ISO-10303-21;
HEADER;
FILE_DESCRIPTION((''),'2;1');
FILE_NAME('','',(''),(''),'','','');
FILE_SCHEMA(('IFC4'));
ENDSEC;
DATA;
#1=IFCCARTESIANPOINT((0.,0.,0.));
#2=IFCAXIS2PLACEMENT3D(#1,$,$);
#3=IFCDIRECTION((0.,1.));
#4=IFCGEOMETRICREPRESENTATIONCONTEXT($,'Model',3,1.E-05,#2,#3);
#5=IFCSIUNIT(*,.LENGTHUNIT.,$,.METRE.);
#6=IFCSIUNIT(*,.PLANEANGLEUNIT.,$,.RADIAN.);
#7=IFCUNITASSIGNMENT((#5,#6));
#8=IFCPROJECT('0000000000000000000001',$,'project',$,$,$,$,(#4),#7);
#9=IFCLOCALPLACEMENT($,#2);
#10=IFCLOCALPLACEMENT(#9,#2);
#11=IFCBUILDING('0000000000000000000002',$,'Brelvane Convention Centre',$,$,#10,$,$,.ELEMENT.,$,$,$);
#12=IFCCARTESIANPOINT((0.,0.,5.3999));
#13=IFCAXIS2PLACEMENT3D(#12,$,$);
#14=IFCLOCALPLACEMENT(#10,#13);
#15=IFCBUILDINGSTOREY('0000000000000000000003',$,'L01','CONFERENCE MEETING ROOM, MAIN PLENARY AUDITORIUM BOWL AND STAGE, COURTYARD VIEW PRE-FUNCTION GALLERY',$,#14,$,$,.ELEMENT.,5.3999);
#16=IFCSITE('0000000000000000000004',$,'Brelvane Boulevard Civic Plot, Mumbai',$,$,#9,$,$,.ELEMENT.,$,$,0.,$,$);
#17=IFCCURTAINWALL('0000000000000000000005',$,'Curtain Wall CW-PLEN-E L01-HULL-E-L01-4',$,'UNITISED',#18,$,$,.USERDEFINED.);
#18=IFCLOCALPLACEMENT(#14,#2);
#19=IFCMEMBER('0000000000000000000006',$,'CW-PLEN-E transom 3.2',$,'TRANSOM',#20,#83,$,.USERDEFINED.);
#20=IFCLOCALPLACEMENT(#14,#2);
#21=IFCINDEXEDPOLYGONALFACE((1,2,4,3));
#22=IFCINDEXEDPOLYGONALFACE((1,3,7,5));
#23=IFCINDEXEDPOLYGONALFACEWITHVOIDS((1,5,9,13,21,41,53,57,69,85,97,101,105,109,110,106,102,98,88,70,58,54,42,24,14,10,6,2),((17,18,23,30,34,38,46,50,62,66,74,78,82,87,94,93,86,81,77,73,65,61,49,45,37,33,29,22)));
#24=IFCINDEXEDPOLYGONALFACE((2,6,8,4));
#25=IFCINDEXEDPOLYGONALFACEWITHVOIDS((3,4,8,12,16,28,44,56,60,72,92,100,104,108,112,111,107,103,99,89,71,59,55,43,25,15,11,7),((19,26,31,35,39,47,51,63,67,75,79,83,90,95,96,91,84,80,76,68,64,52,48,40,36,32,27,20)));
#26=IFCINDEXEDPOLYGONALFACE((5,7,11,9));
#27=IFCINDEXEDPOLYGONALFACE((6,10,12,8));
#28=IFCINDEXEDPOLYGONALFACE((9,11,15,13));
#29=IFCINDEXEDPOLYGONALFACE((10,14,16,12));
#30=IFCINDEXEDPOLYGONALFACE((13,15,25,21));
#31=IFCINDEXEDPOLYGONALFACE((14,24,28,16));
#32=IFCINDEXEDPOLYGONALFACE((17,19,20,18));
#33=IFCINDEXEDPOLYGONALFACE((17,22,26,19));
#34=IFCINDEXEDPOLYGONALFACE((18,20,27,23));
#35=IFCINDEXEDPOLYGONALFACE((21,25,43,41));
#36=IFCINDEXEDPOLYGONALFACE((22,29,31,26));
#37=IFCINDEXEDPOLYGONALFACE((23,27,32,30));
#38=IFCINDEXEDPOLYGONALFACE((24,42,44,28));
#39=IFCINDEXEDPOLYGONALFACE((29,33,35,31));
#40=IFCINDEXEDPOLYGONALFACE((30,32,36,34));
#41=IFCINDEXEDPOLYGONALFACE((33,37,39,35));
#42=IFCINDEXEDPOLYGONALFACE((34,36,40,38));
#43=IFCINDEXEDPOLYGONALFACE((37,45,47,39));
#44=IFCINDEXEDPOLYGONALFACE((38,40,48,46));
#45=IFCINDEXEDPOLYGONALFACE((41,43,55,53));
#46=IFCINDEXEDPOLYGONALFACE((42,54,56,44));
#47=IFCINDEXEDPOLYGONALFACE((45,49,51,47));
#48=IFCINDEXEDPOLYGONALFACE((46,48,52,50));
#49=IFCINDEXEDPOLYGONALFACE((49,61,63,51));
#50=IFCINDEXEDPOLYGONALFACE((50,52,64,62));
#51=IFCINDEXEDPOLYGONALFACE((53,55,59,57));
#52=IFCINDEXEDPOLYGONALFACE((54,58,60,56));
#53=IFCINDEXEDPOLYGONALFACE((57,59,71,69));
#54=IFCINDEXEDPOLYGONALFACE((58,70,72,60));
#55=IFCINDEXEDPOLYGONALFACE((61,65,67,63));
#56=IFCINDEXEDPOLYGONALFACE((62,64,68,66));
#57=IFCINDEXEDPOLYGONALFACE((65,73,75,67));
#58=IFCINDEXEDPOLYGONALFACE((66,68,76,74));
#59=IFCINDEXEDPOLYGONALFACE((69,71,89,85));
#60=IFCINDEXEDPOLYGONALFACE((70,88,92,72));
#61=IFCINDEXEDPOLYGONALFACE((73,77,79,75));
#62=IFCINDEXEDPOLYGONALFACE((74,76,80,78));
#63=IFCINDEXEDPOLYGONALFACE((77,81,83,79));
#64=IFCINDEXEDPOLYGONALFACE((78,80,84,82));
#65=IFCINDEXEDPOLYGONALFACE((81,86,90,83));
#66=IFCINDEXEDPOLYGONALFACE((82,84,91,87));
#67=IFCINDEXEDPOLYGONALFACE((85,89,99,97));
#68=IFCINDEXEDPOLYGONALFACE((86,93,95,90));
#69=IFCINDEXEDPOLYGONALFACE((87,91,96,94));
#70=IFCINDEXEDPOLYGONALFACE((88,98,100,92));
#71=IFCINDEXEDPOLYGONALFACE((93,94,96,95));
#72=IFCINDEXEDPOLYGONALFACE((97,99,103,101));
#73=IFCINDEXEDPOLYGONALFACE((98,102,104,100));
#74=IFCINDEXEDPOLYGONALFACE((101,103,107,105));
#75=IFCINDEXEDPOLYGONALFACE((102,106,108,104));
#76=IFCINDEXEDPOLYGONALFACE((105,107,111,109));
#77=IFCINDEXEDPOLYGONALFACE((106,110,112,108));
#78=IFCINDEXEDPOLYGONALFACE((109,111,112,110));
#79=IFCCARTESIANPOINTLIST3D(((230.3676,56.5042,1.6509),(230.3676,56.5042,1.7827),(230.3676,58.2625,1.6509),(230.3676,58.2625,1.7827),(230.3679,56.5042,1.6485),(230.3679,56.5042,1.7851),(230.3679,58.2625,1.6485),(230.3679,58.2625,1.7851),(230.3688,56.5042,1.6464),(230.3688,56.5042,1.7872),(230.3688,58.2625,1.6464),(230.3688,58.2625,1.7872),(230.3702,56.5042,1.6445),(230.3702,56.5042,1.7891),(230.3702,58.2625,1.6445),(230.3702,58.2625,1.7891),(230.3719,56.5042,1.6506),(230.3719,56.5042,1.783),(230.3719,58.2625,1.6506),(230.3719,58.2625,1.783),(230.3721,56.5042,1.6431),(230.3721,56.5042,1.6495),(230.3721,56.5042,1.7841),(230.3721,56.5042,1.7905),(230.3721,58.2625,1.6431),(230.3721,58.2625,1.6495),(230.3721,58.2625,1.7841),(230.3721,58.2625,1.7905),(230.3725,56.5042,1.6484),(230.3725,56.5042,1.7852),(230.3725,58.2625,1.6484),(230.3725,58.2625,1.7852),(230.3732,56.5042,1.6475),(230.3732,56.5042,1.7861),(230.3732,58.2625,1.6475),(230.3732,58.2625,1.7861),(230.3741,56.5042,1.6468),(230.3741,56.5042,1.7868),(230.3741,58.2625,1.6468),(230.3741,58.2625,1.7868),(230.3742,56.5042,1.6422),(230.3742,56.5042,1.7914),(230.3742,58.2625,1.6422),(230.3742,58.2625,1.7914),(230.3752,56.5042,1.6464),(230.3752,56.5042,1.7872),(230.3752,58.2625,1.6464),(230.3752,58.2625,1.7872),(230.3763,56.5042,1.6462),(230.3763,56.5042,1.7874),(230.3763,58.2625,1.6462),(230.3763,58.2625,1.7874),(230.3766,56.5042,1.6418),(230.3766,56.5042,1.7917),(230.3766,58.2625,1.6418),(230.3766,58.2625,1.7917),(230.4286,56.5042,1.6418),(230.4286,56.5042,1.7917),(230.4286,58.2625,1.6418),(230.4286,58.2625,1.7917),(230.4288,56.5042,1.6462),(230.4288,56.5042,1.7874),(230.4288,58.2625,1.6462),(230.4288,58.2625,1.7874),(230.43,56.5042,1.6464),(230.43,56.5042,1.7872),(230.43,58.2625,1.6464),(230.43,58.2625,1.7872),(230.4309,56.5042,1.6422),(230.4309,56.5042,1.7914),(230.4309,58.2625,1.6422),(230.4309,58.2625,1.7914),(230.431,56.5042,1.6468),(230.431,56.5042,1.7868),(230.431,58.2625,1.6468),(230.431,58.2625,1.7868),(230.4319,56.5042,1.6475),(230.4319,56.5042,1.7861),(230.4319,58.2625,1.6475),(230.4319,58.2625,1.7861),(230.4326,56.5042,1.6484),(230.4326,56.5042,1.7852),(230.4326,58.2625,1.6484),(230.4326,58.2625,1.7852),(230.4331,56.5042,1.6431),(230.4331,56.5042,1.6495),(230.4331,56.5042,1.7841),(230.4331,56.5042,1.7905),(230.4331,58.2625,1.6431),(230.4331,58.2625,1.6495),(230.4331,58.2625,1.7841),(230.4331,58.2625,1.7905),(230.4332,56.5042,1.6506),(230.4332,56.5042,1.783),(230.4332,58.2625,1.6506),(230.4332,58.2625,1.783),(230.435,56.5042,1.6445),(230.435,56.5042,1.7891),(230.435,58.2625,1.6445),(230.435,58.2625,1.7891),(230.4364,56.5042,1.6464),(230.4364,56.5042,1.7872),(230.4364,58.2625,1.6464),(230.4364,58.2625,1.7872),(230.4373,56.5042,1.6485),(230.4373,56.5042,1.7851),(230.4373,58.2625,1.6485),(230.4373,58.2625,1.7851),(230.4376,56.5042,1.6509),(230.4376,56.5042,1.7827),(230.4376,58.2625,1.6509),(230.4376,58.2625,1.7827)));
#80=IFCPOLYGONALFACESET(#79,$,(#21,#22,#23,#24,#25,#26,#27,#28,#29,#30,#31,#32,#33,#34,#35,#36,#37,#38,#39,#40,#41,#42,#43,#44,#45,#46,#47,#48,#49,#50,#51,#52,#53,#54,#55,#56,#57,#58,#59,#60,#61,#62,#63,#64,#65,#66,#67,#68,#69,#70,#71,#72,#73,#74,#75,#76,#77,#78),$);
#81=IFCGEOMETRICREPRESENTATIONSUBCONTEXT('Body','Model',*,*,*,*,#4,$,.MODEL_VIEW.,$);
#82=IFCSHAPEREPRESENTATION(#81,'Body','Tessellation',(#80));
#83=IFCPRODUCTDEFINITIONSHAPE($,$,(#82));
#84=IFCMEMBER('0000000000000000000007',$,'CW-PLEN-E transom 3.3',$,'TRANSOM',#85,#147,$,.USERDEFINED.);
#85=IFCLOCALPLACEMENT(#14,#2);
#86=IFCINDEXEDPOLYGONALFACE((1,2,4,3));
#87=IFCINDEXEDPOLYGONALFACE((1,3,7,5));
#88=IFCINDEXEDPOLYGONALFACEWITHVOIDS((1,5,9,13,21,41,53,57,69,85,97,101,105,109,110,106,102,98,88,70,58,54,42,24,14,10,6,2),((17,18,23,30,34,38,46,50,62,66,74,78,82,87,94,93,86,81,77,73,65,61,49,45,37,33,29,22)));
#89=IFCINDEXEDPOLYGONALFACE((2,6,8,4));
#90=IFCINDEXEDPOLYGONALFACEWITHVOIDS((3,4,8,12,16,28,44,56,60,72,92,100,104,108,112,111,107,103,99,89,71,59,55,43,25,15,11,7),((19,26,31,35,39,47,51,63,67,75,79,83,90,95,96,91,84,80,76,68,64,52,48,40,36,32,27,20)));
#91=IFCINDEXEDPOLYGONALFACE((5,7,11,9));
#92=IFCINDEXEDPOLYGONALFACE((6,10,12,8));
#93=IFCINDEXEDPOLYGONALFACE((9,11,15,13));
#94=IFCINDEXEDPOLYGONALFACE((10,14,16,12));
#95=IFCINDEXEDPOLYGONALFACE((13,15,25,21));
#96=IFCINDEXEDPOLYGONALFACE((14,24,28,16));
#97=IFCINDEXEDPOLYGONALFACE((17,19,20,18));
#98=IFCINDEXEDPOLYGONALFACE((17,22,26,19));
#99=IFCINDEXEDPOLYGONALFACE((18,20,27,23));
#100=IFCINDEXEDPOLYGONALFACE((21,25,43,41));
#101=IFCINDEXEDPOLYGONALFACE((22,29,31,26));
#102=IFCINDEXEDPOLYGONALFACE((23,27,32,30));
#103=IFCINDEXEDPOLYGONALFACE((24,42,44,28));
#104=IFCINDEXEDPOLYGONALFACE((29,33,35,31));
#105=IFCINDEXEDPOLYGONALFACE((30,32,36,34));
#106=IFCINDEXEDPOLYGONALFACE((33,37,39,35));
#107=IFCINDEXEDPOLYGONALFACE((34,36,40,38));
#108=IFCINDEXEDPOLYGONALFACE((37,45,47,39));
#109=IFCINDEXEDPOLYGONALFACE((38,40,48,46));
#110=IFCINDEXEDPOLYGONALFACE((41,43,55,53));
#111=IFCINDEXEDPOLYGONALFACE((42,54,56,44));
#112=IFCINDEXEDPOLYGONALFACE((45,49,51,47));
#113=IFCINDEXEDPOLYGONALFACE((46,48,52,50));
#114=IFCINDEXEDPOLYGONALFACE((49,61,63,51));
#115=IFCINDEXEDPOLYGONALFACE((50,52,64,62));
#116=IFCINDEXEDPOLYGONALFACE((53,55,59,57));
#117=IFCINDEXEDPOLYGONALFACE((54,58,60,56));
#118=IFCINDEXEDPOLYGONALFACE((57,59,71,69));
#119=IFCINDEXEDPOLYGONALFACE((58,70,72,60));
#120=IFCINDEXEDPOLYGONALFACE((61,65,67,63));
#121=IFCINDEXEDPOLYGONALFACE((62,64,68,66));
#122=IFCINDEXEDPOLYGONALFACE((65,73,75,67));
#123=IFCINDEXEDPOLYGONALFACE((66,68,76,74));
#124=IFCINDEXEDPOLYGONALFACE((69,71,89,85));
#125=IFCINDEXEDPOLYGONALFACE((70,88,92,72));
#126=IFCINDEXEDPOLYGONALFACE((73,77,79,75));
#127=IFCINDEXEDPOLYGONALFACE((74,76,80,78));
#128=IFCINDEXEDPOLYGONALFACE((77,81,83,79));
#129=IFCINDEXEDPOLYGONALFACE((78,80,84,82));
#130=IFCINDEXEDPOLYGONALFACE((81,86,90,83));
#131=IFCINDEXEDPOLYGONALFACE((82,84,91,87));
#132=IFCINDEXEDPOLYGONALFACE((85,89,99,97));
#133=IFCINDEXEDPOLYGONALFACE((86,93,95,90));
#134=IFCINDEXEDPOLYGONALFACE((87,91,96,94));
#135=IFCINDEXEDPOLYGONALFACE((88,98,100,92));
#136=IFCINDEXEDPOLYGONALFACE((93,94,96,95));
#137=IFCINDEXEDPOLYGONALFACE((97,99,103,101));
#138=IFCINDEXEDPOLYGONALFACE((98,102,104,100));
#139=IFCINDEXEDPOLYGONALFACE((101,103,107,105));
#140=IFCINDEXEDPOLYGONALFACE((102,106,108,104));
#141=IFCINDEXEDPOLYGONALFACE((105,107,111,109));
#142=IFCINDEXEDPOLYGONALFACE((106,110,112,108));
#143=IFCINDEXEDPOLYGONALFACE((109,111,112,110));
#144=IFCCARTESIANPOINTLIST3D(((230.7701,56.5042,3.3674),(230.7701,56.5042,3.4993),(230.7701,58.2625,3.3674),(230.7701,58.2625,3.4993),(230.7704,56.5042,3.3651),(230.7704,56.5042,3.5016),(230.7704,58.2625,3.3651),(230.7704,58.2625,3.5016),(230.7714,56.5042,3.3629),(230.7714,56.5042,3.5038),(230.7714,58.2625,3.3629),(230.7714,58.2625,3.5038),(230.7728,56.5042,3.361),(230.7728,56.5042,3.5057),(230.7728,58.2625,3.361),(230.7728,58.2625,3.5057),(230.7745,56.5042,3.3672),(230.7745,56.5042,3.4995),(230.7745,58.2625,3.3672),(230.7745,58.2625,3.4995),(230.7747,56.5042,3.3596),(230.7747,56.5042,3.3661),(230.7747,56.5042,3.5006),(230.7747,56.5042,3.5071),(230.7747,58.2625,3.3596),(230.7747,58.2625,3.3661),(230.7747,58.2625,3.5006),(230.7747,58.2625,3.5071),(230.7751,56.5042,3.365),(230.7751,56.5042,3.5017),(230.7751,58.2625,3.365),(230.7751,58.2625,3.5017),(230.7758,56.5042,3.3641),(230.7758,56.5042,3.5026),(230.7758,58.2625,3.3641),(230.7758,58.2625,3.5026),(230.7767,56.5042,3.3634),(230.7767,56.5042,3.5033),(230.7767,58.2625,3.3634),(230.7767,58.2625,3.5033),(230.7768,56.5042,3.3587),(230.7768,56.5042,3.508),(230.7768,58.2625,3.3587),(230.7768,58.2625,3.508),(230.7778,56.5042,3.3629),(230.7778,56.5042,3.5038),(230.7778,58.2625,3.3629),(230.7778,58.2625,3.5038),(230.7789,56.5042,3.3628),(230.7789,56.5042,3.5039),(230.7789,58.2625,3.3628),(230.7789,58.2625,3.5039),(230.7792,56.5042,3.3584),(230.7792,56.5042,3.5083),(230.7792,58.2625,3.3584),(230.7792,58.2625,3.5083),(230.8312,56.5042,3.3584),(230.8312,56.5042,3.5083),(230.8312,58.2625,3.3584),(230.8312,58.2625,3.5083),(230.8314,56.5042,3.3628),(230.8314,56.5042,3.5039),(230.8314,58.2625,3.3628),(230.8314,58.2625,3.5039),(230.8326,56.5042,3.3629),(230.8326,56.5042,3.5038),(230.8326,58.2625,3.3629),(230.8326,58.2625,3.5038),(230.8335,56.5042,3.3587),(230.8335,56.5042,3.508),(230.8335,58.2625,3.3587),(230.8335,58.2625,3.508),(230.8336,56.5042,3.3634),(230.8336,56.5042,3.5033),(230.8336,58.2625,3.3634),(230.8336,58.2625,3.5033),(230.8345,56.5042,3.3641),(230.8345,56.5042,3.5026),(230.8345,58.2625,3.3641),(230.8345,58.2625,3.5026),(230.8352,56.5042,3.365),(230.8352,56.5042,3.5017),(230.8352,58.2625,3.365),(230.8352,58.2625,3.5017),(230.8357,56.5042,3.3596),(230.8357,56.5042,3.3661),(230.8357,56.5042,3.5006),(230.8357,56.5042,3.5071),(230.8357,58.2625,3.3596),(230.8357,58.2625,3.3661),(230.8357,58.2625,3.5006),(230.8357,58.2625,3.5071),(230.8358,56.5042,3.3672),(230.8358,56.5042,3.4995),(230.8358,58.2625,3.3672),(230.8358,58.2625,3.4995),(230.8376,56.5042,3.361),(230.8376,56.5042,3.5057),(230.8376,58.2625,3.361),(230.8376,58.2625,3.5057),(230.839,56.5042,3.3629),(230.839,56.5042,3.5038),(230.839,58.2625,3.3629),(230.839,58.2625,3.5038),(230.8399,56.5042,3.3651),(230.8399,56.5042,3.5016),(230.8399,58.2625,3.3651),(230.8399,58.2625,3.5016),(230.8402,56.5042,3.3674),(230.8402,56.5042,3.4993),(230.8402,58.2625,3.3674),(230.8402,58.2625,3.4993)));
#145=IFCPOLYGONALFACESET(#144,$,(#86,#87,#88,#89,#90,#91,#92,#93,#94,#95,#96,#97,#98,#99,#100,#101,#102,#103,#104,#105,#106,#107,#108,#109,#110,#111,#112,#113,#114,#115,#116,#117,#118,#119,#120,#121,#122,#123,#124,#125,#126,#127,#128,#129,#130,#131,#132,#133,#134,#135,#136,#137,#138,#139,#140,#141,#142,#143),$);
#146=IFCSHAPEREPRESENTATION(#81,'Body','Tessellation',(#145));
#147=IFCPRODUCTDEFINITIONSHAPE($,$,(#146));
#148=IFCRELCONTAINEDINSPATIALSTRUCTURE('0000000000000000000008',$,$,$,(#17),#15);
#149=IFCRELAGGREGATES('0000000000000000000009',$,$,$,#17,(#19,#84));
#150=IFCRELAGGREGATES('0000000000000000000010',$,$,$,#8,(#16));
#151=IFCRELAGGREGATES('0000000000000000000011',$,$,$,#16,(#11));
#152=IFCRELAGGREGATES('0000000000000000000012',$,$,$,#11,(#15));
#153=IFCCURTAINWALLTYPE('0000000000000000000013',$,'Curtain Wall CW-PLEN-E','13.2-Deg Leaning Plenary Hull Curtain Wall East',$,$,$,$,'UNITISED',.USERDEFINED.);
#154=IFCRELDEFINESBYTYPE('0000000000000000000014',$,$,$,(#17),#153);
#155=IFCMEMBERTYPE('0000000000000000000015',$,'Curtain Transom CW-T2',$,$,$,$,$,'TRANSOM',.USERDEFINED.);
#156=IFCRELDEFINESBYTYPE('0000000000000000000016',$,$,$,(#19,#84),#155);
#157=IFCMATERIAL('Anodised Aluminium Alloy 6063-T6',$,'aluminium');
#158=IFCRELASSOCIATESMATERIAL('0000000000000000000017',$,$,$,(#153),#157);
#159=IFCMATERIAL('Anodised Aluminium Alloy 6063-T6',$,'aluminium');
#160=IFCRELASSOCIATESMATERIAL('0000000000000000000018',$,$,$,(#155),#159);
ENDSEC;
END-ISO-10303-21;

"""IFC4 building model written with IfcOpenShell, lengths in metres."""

from ifc_helpers import new_model, si_unit, direction, frame, origin, origin_2d, place, context, subcontext, project, spatial, hollow_rectangle, extrude, material, material_profile, profile_set, type_object, element, aggregate, save


model = new_model("IFC4")

# Units and contexts
model_context = context("Model", 3, precision=1e-05, world=origin(), true_north=direction((0.0, 1.0)))
body_context = subcontext(model_context, "Body", "Model", "MODEL_VIEW")
ifc_project = project(units=[si_unit("LENGTHUNIT", "METRE"), si_unit("PLANEANGLEUNIT", "RADIAN")], contexts=[model_context])

# Site, building, storey
site_placement = place(None, origin())
site = spatial("IfcSite", under=ifc_project, at=site_placement, Name="Brelvane Boulevard Civic Plot, Mumbai", CompositionType="ELEMENT", RefElevation=0.0)
building_placement = place(site_placement, origin())
building = spatial("IfcBuilding", under=site, at=building_placement, Name="Brelvane Convention Centre", CompositionType="ELEMENT")
storey_placement = place(building_placement, frame((0.0, 0.0, 5.3999)))
storey = spatial("IfcBuildingStorey", under=building, at=storey_placement, Name="L01", Description="CONFERENCE MEETING ROOM, MAIN PLENARY AUDITORIUM BOWL AND STAGE, COURTYARD VIEW PRE-FUNCTION GALLERY", CompositionType="ELEMENT", Elevation=5.3999)

# Curtain wall, members
ifc_material_1 = material(Name="Anodised Aluminium Alloy 6063-T6", Category="aluminium")
curtain_wall_type = type_object("IfcCurtainWallType", Name="Curtain Wall CW-PLEN-E", Description="13.2-Deg Leaning Plenary Hull Curtain Wall East", ElementType="UNITISED", PredefinedType="USERDEFINED", material=ifc_material_1)
curtain_wall_1_placement = place(storey_placement, origin())
curtain_wall_1 = element("IfcCurtainWall", 1, at=curtain_wall_1_placement, inside=storey, type_object=curtain_wall_type, Name="Curtain Wall CW-PLEN-E L01-HULL-E-L01-4", ObjectType="UNITISED", PredefinedType="USERDEFINED")
ifc_material_2 = material(Name="Anodised Aluminium Alloy 6063-T6", Category="aluminium")
ifc_material_profile = material_profile(ifc_material_2, hollow_rectangle(XDim=0.0701, YDim=0.1499, WallThickness=0.0044, InnerFilletRadius=0.0044, OuterFilletRadius=0.009, at=origin_2d()), Name="ALU-T 150x70x4.5")
ifc_profile_set = profile_set([ifc_material_profile], Name="Anodised Aluminium Alloy 6063-T6")
member_type = type_object("IfcMemberType", Name="Curtain Transom CW-T2", ElementType="TRANSOM", PredefinedType="USERDEFINED", material=ifc_profile_set)
member_1_placement = place(storey_placement, frame((230.4026, 56.5042, 1.7168), z_axis=(0.0, 1.0, 0.0), x_axis=(-1.0, 0.0, 0.0)))
member_1 = element("IfcMember", 2, at=member_1_placement, type_object=member_type, Name="CW-PLEN-E transom 3.2", ObjectType="TRANSOM", PredefinedType="USERDEFINED", context=body_context, shape_type="SweptSolid", body=[
    extrude(hollow_rectangle(XDim=0.0701, YDim=0.1499, WallThickness=0.0044, InnerFilletRadius=0.0044, OuterFilletRadius=0.009, at=origin_2d()), origin(), (0.0, 0.0, 1.0), 1.7583),
])
member_2_placement = place(storey_placement, frame((230.8052, 56.5042, 3.4333), z_axis=(0.0, 1.0, 0.0), x_axis=(-1.0, 0.0, 0.0)))
member_2 = element("IfcMember", 3, at=member_2_placement, type_object=member_type, Name="CW-PLEN-E transom 3.3", ObjectType="TRANSOM", PredefinedType="USERDEFINED", context=body_context, shape_type="SweptSolid", body=[
    extrude(hollow_rectangle(XDim=0.0701, YDim=0.1499, WallThickness=0.0044, InnerFilletRadius=0.0044, OuterFilletRadius=0.009, at=origin_2d()), origin(), (0.0, 0.0, 1.0), 1.7583),
])
aggregate(curtain_wall_1, [member_1, member_2])

save(model, "model.ifc")
